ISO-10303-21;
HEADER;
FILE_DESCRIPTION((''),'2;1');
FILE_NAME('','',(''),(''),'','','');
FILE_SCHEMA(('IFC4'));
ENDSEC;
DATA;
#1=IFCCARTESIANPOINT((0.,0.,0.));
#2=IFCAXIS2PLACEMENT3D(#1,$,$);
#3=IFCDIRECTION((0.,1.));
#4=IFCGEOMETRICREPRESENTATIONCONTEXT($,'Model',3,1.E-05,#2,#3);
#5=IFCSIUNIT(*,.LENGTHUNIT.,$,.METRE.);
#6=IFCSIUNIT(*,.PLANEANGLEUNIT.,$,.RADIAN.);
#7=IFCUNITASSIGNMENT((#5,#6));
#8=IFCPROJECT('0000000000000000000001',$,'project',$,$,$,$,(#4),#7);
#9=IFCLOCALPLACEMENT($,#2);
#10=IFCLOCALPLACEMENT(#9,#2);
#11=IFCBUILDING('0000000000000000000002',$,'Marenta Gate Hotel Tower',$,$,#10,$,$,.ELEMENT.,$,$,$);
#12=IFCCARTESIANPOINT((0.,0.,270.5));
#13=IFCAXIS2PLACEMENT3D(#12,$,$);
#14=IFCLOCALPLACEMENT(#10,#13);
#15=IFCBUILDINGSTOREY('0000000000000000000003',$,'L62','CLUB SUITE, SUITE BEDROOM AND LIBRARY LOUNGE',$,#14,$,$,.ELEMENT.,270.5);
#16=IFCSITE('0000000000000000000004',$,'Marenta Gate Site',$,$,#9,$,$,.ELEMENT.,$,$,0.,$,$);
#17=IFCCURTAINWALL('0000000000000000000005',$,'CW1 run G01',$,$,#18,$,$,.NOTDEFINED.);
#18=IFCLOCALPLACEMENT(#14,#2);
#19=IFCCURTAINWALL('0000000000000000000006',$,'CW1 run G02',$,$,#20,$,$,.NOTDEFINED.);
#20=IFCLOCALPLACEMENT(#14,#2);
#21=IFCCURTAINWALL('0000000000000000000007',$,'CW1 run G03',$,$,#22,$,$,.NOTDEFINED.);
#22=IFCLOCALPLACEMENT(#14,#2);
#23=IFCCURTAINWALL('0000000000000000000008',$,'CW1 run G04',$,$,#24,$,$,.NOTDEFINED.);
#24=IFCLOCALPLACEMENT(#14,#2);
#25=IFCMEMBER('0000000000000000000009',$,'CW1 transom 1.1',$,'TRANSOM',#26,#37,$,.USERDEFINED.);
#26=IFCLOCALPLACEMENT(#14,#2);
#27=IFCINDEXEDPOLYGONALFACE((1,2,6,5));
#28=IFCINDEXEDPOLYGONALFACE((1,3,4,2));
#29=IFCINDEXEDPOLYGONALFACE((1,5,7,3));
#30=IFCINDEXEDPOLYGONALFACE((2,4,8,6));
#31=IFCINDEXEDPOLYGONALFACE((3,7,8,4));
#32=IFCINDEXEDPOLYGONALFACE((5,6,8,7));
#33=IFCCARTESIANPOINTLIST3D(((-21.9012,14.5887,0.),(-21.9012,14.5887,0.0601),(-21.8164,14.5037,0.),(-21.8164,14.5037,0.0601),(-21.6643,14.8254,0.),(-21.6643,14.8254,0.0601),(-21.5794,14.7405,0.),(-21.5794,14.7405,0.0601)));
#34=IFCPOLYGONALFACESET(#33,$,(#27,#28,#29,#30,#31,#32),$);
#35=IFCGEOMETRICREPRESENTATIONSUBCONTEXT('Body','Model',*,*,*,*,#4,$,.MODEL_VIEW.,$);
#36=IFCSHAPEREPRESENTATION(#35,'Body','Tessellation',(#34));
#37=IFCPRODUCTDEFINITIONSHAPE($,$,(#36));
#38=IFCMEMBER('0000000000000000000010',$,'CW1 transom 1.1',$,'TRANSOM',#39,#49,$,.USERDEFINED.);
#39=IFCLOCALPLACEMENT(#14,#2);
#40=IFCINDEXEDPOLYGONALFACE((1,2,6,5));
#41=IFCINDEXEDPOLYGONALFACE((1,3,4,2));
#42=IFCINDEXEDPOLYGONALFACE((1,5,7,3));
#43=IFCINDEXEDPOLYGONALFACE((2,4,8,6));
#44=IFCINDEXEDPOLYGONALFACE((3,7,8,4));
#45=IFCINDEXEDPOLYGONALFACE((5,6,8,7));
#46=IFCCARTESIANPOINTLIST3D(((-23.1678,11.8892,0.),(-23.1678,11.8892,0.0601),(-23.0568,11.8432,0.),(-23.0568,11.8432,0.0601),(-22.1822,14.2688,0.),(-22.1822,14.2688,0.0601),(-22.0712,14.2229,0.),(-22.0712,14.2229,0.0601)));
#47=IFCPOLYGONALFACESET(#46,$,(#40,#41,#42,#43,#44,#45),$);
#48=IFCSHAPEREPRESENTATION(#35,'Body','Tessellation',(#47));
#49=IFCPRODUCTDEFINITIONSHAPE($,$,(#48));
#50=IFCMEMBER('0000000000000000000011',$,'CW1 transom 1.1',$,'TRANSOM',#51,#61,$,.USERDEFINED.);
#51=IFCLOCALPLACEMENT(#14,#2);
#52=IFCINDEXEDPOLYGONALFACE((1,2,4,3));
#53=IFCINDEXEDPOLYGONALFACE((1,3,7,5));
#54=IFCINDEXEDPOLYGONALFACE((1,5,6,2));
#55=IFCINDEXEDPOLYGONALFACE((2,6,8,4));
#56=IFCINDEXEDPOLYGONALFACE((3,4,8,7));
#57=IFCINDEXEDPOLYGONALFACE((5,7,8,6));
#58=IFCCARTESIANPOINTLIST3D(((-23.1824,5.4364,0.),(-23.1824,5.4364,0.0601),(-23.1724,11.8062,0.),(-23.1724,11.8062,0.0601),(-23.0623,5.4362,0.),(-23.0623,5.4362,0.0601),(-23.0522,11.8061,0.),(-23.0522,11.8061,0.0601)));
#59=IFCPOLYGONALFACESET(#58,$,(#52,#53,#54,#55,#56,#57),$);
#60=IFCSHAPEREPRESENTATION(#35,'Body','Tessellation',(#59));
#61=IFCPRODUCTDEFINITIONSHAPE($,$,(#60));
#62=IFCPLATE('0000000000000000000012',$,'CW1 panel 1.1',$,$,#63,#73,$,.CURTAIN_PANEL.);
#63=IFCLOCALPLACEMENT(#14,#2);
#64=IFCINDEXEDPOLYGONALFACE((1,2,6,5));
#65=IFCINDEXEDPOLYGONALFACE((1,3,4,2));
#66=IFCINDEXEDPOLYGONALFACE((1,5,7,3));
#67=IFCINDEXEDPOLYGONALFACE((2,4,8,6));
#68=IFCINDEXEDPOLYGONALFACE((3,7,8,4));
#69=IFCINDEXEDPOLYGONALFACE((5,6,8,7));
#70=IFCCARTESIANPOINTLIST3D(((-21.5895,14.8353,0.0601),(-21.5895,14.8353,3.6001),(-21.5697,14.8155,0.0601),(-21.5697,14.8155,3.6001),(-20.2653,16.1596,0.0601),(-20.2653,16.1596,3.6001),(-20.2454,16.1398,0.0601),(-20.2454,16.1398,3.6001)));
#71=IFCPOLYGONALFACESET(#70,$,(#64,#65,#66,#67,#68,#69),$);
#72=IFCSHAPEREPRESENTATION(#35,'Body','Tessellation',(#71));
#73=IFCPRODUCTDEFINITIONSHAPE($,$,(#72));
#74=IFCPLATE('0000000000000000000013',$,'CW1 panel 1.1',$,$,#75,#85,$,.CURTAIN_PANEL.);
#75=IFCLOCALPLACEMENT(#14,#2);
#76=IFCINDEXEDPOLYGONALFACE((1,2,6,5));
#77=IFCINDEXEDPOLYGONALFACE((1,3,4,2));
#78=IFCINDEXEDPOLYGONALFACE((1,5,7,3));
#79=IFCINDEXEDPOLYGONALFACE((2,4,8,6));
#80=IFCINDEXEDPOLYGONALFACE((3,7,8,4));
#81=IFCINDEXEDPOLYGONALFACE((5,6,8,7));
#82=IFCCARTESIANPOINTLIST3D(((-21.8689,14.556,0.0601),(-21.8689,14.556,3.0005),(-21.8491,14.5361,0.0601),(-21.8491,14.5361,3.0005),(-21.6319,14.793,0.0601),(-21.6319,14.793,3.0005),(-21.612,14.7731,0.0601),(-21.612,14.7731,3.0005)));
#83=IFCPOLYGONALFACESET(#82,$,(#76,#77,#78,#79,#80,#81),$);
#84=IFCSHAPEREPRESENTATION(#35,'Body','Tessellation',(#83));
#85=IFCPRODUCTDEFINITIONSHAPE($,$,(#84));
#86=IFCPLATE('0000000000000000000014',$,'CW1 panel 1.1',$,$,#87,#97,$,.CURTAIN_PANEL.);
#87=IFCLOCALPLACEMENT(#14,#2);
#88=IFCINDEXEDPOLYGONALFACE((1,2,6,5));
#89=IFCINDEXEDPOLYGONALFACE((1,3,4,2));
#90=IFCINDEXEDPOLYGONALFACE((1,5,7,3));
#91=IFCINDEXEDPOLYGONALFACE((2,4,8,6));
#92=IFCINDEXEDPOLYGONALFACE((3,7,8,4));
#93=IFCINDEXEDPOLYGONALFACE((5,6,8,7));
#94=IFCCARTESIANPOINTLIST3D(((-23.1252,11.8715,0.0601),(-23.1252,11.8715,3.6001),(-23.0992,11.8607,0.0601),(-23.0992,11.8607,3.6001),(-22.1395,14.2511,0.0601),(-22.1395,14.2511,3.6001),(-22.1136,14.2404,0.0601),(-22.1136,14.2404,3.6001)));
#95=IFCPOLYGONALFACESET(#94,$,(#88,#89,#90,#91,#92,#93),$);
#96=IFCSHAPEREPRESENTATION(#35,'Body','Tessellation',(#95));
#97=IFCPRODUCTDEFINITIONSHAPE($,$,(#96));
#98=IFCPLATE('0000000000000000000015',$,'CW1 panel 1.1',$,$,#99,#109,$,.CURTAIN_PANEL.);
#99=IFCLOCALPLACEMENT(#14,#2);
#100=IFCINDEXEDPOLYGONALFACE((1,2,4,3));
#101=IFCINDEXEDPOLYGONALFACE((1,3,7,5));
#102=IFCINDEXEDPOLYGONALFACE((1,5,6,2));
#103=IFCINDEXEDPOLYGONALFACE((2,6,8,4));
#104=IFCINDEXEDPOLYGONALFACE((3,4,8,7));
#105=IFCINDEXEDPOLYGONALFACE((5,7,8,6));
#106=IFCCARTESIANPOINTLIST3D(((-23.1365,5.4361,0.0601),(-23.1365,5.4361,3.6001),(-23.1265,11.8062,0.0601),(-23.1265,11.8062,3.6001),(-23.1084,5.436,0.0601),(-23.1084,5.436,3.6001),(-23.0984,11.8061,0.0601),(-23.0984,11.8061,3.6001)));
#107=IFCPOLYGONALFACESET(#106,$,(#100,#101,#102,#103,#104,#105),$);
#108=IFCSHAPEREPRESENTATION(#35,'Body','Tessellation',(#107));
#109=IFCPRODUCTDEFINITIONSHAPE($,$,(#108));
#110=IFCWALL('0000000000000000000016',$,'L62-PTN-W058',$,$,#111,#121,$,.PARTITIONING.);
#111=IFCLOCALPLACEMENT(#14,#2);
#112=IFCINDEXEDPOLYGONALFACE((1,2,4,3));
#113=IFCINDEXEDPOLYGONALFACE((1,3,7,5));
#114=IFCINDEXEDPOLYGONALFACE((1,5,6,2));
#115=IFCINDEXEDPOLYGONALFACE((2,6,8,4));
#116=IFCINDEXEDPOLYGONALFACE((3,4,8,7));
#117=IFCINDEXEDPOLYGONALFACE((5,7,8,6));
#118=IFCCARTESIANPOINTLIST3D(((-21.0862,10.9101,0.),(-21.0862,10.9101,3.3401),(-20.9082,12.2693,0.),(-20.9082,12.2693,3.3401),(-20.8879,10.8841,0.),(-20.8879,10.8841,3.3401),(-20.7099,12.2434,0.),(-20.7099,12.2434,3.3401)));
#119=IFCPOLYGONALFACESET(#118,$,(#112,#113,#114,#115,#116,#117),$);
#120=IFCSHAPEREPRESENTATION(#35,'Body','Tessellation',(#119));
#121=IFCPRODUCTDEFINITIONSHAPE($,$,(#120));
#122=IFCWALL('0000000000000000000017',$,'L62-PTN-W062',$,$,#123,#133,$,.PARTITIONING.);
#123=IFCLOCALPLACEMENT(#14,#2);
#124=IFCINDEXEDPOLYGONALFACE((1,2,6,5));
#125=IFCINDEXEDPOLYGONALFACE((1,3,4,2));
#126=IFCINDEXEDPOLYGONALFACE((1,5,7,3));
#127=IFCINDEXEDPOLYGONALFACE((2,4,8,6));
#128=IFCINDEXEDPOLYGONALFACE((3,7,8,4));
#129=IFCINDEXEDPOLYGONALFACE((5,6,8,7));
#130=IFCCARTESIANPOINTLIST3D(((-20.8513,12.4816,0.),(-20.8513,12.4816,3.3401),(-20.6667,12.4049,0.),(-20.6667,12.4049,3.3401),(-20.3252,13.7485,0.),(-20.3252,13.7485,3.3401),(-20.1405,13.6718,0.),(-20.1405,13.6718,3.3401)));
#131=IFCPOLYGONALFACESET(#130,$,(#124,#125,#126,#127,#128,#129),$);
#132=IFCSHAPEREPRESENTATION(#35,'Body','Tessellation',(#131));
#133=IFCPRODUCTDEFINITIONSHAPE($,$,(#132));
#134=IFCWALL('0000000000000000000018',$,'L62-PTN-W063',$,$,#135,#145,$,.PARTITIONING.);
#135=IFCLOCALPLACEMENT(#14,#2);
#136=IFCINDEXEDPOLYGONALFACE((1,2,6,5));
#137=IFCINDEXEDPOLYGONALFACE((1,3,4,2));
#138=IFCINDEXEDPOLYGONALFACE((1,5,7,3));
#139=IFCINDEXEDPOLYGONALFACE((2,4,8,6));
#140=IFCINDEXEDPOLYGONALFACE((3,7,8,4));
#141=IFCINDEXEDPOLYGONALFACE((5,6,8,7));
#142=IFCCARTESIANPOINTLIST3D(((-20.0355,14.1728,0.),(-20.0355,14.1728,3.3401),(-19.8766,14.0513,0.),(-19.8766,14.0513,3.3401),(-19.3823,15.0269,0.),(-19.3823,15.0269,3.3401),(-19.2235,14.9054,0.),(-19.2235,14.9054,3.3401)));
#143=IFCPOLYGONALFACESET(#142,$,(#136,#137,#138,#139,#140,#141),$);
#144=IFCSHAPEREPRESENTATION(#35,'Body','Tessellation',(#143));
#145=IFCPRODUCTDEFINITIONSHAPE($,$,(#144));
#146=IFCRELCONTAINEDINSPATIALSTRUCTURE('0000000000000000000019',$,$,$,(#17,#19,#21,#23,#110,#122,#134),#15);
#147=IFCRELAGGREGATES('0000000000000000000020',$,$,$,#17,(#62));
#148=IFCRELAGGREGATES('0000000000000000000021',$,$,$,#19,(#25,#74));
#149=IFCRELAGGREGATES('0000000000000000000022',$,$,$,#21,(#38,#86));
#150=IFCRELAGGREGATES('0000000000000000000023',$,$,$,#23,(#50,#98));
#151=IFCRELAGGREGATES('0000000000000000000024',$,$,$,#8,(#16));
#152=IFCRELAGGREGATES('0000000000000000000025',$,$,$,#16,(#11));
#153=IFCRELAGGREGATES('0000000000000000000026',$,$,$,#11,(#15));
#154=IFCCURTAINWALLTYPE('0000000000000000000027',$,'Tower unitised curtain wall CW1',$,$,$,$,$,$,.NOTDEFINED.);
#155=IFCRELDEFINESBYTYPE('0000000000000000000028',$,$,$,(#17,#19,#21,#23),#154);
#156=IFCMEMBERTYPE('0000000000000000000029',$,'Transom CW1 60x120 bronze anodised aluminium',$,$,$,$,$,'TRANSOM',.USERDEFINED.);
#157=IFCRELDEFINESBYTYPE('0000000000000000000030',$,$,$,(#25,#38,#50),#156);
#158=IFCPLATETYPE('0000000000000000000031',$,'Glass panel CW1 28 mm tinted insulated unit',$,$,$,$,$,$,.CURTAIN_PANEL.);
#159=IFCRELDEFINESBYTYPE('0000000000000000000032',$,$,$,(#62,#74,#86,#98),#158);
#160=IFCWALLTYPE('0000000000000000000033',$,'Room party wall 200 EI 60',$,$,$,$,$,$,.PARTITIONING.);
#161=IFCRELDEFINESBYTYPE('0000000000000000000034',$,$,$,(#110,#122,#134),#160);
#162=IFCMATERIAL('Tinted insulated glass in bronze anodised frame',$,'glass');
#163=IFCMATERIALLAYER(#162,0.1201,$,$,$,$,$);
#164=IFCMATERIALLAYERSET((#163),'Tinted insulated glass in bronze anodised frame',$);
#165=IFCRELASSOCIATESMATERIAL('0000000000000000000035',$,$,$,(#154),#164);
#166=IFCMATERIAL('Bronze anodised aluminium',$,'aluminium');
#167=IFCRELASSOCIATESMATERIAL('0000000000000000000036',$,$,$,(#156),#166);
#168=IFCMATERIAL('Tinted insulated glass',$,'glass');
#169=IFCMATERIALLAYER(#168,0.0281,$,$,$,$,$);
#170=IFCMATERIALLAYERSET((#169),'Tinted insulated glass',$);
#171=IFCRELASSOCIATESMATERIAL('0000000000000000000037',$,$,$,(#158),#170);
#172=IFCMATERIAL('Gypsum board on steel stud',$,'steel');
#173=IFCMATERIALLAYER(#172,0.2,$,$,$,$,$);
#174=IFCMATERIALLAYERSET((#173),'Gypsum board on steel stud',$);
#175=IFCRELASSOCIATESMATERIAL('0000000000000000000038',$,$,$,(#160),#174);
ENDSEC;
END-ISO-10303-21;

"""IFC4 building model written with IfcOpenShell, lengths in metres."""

from ifc_helpers import new_model, si_unit, direction, frame, frame_2d, origin, origin_2d, place, context, subcontext, project, spatial, rectangle, extrude, material, layer, layer_set, material_profile, profile_set, type_object, element, aggregate, save


model = new_model("IFC4")

# Units and contexts
model_context = context("Model", 3, precision=1e-05, world=origin(), true_north=direction((0.0, 1.0)))
body_context = subcontext(model_context, "Body", "Model", "MODEL_VIEW")
ifc_project = project(units=[si_unit("LENGTHUNIT", "METRE"), si_unit("PLANEANGLEUNIT", "RADIAN")], contexts=[model_context])

# Site, building, storey
site_placement = place(None, origin())
site = spatial("IfcSite", under=ifc_project, at=site_placement, Name="Marenta Gate Site", CompositionType="ELEMENT", RefElevation=0.0)
building_placement = place(site_placement, origin())
building = spatial("IfcBuilding", under=site, at=building_placement, Name="Marenta Gate Hotel Tower", CompositionType="ELEMENT")
storey_placement = place(building_placement, frame((0.0, 0.0, 270.5)))
storey = spatial("IfcBuildingStorey", under=building, at=storey_placement, Name="L62", Description="CLUB SUITE, SUITE BEDROOM AND LIBRARY LOUNGE", CompositionType="ELEMENT", Elevation=270.5)

# Curtain wall
ifc_material_1 = material(Name="Tinted insulated glass in bronze anodised frame", Category="glass")
ifc_layer_1 = layer(ifc_material_1, 0.1201)
ifc_layer_set_1 = layer_set([ifc_layer_1], Name="Tinted insulated glass in bronze anodised frame")
curtain_wall_type = type_object("IfcCurtainWallType", Name="Tower unitised curtain wall CW1", PredefinedType="NOTDEFINED", material=ifc_layer_set_1)
curtain_wall_1_placement = place(storey_placement, origin())
curtain_wall_1 = element("IfcCurtainWall", 1, at=curtain_wall_1_placement, inside=storey, type_object=curtain_wall_type, Name="CW1 run G01", PredefinedType="NOTDEFINED")

# Curtain wall
curtain_wall_2_placement = place(storey_placement, origin())
curtain_wall_2 = element("IfcCurtainWall", 2, at=curtain_wall_2_placement, inside=storey, type_object=curtain_wall_type, Name="CW1 run G02", PredefinedType="NOTDEFINED")

# Curtain walls
curtain_wall_3_placement = place(storey_placement, origin())
curtain_wall_3 = element("IfcCurtainWall", 3, at=curtain_wall_3_placement, inside=storey, type_object=curtain_wall_type, Name="CW1 run G03", PredefinedType="NOTDEFINED")
curtain_wall_4_placement = place(storey_placement, origin())
curtain_wall_4 = element("IfcCurtainWall", 4, at=curtain_wall_4_placement, inside=storey, type_object=curtain_wall_type, Name="CW1 run G04", PredefinedType="NOTDEFINED")

# Members
ifc_material_2 = material(Name="Bronze anodised aluminium", Category="aluminium")
ifc_material_profile_1 = material_profile(ifc_material_2, rectangle(XDim=0.1201, YDim=0.0601, at=origin_2d()), Name="Transom CW1 60x120 bronze anodised aluminium")
ifc_profile_set_1 = profile_set([ifc_material_profile_1], Name="Bronze anodised aluminium")
member_type_1 = type_object("IfcMemberType", Name="Transom CW1 60x120 bronze anodised aluminium", ElementType="TRANSOM", PredefinedType="USERDEFINED", material=ifc_profile_set_1)
member_1_placement = place(storey_placement, frame((-21.6218, 14.783, 0.03), z_axis=(-0.707471, -0.706742, 0.0), x_axis=(0.706742, -0.707471, 0.0)))
member_1 = element("IfcMember", 5, at=member_1_placement, type_object=member_type_1, Name="CW1 transom 1.1", ObjectType="TRANSOM", PredefinedType="USERDEFINED", context=body_context, shape_type="SweptSolid", body=[
    extrude(rectangle(XDim=0.1201, YDim=0.0601, at=origin_2d()), origin(), (0.0, 0.0, 1.0), 0.335),
])
member_2_placement = place(storey_placement, frame((-22.1267, 14.2458, 0.03), z_axis=(-0.382656, -0.923891, 0.0), x_axis=(0.923891, -0.382656, 0.0)))
member_2 = element("IfcMember", 6, at=member_2_placement, type_object=member_type_1, Name="CW1 transom 1.1", ObjectType="TRANSOM", PredefinedType="USERDEFINED", context=body_context, shape_type="SweptSolid", body=[
    extrude(rectangle(XDim=0.1201, YDim=0.0601, at=origin_2d()), origin(), (0.0, 0.0, 1.0), 2.5757),
])
member_3_placement = place(storey_placement, frame((-23.1123, 11.8062, 0.03), z_axis=(-0.001571, -0.999999, 0.0), x_axis=(0.999999, -0.001571, 0.0)))
member_3 = element("IfcMember", 7, at=member_3_placement, type_object=member_type_1, Name="CW1 transom 1.1", ObjectType="TRANSOM", PredefinedType="USERDEFINED", context=body_context, shape_type="SweptSolid", body=[
    extrude(rectangle(XDim=0.1201, YDim=0.0601, at=origin_2d()), origin(), (0.0, 0.0, 1.0), 6.3699),
])

# Plates
ifc_material_3 = material(Name="Tinted insulated glass", Category="glass")
ifc_layer_2 = layer(ifc_material_3, 0.0281)
ifc_layer_set_2 = layer_set([ifc_layer_2], Name="Tinted insulated glass")
plate_type = type_object("IfcPlateType", Name="Glass panel CW1 28 mm tinted insulated unit", PredefinedType="CURTAIN_PANEL", material=ifc_layer_set_2)
plate_1_placement = place(storey_placement, frame((-20.9175, 15.4875, 0.0601), z_axis=(0.0, 0.0, 1.0), x_axis=(-0.707107, -0.707107, 0.0)))
plate_1 = element("IfcPlate", 8, at=plate_1_placement, type_object=plate_type, Name="CW1 panel 1.1", PredefinedType="CURTAIN_PANEL", context=body_context, shape_type="SweptSolid", body=[
    extrude(rectangle(XDim=1.8728, YDim=0.0281, at=origin_2d()), origin(), (0.0, 0.0, 1.0), 3.54),
])
aggregate(curtain_wall_1, [plate_1])
plate_2_placement = place(storey_placement, frame((-21.7405, 14.6646, 0.0601), z_axis=(0.0, 0.0, 1.0), x_axis=(-0.707107, -0.707107, 0.0)))
plate_2 = element("IfcPlate", 9, at=plate_2_placement, type_object=plate_type, Name="CW1 panel 1.1", PredefinedType="CURTAIN_PANEL", context=body_context, shape_type="SweptSolid", body=[
    extrude(rectangle(XDim=0.3352, YDim=0.0281, at=origin_2d()), origin(), (0.0, 0.0, 1.0), 2.9404),
])
aggregate(curtain_wall_2, [member_1, plate_2])
plate_3_placement = place(storey_placement, frame((-22.6194, 13.0559, 0.0601), z_axis=(0.0, 0.0, 1.0), x_axis=(-0.382667, -0.923886, 0.0)))
plate_3 = element("IfcPlate", 10, at=plate_3_placement, type_object=plate_type, Name="CW1 panel 1.1", PredefinedType="CURTAIN_PANEL", context=body_context, shape_type="SweptSolid", body=[
    extrude(rectangle(XDim=2.5757, YDim=0.0281, at=origin_2d()), origin(), (0.0, 0.0, 1.0), 3.54),
])
aggregate(curtain_wall_3, [member_2, plate_3])
plate_4_placement = place(storey_placement, frame((-23.1174, 8.6211, 0.0601), z_axis=(0.0, 0.0, 1.0), x_axis=(-0.001566, -0.999999, 0.0)))
plate_4 = element("IfcPlate", 11, at=plate_4_placement, type_object=plate_type, Name="CW1 panel 1.1", PredefinedType="CURTAIN_PANEL", context=body_context, shape_type="SweptSolid", body=[
    extrude(rectangle(XDim=6.3701, YDim=0.0281, at=origin_2d()), origin(), (0.0, 0.0, 1.0), 3.54),
])
aggregate(curtain_wall_4, [member_3, plate_4])

# Walls
ifc_material_4 = material(Name="Gypsum board on steel stud", Category="steel")
ifc_layer_3 = layer(ifc_material_4, 0.2)
ifc_layer_set_3 = layer_set([ifc_layer_3], Name="Gypsum board on steel stud")
wall_type = type_object("IfcWallType", Name="Room party wall 200 EI 60", PredefinedType="PARTITIONING", material=ifc_layer_set_3)
wall_1_placement = place(storey_placement, frame((-20.9871, 10.897, 0.0), z_axis=(0.0, 0.0, 1.0), x_axis=(0.129842, 0.991535, 0.0)))
element("IfcWall", 12, at=wall_1_placement, inside=storey, type_object=wall_type, Name="L62-PTN-W058", PredefinedType="PARTITIONING", context=body_context, shape_type="SweptSolid", body=[
    extrude(rectangle(XDim=1.3708, YDim=0.2, at=frame_2d((0.6855, 0.0))), origin(), (0.0, 0.0, 1.0), 3.3401),
])
wall_2_placement = place(storey_placement, frame((-20.759, 12.4431, 0.0), z_axis=(0.0, 0.0, 1.0), x_axis=(0.383541, 0.923524, 0.0)))
element("IfcWall", 13, at=wall_2_placement, inside=storey, type_object=wall_type, Name="L62-PTN-W062", PredefinedType="PARTITIONING", context=body_context, shape_type="SweptSolid", body=[
    extrude(rectangle(XDim=1.3718, YDim=0.2, at=frame_2d((0.686, 0.0))), origin(), (0.0, 0.0, 1.0), 3.3401),
])
wall_3_placement = place(storey_placement, frame((-19.9561, 14.1121, 0.0), z_axis=(0.0, 0.0, 1.0), x_axis=(0.607459, 0.794351, 0.0)))
element("IfcWall", 14, at=wall_3_placement, inside=storey, type_object=wall_type, Name="L62-PTN-W063", PredefinedType="PARTITIONING", context=body_context, shape_type="SweptSolid", body=[
    extrude(rectangle(XDim=1.0752, YDim=0.2, at=frame_2d((0.5376, 0.0))), origin(), (0.0, 0.0, 1.0), 3.3401),
])

save(model, "model.ifc")
